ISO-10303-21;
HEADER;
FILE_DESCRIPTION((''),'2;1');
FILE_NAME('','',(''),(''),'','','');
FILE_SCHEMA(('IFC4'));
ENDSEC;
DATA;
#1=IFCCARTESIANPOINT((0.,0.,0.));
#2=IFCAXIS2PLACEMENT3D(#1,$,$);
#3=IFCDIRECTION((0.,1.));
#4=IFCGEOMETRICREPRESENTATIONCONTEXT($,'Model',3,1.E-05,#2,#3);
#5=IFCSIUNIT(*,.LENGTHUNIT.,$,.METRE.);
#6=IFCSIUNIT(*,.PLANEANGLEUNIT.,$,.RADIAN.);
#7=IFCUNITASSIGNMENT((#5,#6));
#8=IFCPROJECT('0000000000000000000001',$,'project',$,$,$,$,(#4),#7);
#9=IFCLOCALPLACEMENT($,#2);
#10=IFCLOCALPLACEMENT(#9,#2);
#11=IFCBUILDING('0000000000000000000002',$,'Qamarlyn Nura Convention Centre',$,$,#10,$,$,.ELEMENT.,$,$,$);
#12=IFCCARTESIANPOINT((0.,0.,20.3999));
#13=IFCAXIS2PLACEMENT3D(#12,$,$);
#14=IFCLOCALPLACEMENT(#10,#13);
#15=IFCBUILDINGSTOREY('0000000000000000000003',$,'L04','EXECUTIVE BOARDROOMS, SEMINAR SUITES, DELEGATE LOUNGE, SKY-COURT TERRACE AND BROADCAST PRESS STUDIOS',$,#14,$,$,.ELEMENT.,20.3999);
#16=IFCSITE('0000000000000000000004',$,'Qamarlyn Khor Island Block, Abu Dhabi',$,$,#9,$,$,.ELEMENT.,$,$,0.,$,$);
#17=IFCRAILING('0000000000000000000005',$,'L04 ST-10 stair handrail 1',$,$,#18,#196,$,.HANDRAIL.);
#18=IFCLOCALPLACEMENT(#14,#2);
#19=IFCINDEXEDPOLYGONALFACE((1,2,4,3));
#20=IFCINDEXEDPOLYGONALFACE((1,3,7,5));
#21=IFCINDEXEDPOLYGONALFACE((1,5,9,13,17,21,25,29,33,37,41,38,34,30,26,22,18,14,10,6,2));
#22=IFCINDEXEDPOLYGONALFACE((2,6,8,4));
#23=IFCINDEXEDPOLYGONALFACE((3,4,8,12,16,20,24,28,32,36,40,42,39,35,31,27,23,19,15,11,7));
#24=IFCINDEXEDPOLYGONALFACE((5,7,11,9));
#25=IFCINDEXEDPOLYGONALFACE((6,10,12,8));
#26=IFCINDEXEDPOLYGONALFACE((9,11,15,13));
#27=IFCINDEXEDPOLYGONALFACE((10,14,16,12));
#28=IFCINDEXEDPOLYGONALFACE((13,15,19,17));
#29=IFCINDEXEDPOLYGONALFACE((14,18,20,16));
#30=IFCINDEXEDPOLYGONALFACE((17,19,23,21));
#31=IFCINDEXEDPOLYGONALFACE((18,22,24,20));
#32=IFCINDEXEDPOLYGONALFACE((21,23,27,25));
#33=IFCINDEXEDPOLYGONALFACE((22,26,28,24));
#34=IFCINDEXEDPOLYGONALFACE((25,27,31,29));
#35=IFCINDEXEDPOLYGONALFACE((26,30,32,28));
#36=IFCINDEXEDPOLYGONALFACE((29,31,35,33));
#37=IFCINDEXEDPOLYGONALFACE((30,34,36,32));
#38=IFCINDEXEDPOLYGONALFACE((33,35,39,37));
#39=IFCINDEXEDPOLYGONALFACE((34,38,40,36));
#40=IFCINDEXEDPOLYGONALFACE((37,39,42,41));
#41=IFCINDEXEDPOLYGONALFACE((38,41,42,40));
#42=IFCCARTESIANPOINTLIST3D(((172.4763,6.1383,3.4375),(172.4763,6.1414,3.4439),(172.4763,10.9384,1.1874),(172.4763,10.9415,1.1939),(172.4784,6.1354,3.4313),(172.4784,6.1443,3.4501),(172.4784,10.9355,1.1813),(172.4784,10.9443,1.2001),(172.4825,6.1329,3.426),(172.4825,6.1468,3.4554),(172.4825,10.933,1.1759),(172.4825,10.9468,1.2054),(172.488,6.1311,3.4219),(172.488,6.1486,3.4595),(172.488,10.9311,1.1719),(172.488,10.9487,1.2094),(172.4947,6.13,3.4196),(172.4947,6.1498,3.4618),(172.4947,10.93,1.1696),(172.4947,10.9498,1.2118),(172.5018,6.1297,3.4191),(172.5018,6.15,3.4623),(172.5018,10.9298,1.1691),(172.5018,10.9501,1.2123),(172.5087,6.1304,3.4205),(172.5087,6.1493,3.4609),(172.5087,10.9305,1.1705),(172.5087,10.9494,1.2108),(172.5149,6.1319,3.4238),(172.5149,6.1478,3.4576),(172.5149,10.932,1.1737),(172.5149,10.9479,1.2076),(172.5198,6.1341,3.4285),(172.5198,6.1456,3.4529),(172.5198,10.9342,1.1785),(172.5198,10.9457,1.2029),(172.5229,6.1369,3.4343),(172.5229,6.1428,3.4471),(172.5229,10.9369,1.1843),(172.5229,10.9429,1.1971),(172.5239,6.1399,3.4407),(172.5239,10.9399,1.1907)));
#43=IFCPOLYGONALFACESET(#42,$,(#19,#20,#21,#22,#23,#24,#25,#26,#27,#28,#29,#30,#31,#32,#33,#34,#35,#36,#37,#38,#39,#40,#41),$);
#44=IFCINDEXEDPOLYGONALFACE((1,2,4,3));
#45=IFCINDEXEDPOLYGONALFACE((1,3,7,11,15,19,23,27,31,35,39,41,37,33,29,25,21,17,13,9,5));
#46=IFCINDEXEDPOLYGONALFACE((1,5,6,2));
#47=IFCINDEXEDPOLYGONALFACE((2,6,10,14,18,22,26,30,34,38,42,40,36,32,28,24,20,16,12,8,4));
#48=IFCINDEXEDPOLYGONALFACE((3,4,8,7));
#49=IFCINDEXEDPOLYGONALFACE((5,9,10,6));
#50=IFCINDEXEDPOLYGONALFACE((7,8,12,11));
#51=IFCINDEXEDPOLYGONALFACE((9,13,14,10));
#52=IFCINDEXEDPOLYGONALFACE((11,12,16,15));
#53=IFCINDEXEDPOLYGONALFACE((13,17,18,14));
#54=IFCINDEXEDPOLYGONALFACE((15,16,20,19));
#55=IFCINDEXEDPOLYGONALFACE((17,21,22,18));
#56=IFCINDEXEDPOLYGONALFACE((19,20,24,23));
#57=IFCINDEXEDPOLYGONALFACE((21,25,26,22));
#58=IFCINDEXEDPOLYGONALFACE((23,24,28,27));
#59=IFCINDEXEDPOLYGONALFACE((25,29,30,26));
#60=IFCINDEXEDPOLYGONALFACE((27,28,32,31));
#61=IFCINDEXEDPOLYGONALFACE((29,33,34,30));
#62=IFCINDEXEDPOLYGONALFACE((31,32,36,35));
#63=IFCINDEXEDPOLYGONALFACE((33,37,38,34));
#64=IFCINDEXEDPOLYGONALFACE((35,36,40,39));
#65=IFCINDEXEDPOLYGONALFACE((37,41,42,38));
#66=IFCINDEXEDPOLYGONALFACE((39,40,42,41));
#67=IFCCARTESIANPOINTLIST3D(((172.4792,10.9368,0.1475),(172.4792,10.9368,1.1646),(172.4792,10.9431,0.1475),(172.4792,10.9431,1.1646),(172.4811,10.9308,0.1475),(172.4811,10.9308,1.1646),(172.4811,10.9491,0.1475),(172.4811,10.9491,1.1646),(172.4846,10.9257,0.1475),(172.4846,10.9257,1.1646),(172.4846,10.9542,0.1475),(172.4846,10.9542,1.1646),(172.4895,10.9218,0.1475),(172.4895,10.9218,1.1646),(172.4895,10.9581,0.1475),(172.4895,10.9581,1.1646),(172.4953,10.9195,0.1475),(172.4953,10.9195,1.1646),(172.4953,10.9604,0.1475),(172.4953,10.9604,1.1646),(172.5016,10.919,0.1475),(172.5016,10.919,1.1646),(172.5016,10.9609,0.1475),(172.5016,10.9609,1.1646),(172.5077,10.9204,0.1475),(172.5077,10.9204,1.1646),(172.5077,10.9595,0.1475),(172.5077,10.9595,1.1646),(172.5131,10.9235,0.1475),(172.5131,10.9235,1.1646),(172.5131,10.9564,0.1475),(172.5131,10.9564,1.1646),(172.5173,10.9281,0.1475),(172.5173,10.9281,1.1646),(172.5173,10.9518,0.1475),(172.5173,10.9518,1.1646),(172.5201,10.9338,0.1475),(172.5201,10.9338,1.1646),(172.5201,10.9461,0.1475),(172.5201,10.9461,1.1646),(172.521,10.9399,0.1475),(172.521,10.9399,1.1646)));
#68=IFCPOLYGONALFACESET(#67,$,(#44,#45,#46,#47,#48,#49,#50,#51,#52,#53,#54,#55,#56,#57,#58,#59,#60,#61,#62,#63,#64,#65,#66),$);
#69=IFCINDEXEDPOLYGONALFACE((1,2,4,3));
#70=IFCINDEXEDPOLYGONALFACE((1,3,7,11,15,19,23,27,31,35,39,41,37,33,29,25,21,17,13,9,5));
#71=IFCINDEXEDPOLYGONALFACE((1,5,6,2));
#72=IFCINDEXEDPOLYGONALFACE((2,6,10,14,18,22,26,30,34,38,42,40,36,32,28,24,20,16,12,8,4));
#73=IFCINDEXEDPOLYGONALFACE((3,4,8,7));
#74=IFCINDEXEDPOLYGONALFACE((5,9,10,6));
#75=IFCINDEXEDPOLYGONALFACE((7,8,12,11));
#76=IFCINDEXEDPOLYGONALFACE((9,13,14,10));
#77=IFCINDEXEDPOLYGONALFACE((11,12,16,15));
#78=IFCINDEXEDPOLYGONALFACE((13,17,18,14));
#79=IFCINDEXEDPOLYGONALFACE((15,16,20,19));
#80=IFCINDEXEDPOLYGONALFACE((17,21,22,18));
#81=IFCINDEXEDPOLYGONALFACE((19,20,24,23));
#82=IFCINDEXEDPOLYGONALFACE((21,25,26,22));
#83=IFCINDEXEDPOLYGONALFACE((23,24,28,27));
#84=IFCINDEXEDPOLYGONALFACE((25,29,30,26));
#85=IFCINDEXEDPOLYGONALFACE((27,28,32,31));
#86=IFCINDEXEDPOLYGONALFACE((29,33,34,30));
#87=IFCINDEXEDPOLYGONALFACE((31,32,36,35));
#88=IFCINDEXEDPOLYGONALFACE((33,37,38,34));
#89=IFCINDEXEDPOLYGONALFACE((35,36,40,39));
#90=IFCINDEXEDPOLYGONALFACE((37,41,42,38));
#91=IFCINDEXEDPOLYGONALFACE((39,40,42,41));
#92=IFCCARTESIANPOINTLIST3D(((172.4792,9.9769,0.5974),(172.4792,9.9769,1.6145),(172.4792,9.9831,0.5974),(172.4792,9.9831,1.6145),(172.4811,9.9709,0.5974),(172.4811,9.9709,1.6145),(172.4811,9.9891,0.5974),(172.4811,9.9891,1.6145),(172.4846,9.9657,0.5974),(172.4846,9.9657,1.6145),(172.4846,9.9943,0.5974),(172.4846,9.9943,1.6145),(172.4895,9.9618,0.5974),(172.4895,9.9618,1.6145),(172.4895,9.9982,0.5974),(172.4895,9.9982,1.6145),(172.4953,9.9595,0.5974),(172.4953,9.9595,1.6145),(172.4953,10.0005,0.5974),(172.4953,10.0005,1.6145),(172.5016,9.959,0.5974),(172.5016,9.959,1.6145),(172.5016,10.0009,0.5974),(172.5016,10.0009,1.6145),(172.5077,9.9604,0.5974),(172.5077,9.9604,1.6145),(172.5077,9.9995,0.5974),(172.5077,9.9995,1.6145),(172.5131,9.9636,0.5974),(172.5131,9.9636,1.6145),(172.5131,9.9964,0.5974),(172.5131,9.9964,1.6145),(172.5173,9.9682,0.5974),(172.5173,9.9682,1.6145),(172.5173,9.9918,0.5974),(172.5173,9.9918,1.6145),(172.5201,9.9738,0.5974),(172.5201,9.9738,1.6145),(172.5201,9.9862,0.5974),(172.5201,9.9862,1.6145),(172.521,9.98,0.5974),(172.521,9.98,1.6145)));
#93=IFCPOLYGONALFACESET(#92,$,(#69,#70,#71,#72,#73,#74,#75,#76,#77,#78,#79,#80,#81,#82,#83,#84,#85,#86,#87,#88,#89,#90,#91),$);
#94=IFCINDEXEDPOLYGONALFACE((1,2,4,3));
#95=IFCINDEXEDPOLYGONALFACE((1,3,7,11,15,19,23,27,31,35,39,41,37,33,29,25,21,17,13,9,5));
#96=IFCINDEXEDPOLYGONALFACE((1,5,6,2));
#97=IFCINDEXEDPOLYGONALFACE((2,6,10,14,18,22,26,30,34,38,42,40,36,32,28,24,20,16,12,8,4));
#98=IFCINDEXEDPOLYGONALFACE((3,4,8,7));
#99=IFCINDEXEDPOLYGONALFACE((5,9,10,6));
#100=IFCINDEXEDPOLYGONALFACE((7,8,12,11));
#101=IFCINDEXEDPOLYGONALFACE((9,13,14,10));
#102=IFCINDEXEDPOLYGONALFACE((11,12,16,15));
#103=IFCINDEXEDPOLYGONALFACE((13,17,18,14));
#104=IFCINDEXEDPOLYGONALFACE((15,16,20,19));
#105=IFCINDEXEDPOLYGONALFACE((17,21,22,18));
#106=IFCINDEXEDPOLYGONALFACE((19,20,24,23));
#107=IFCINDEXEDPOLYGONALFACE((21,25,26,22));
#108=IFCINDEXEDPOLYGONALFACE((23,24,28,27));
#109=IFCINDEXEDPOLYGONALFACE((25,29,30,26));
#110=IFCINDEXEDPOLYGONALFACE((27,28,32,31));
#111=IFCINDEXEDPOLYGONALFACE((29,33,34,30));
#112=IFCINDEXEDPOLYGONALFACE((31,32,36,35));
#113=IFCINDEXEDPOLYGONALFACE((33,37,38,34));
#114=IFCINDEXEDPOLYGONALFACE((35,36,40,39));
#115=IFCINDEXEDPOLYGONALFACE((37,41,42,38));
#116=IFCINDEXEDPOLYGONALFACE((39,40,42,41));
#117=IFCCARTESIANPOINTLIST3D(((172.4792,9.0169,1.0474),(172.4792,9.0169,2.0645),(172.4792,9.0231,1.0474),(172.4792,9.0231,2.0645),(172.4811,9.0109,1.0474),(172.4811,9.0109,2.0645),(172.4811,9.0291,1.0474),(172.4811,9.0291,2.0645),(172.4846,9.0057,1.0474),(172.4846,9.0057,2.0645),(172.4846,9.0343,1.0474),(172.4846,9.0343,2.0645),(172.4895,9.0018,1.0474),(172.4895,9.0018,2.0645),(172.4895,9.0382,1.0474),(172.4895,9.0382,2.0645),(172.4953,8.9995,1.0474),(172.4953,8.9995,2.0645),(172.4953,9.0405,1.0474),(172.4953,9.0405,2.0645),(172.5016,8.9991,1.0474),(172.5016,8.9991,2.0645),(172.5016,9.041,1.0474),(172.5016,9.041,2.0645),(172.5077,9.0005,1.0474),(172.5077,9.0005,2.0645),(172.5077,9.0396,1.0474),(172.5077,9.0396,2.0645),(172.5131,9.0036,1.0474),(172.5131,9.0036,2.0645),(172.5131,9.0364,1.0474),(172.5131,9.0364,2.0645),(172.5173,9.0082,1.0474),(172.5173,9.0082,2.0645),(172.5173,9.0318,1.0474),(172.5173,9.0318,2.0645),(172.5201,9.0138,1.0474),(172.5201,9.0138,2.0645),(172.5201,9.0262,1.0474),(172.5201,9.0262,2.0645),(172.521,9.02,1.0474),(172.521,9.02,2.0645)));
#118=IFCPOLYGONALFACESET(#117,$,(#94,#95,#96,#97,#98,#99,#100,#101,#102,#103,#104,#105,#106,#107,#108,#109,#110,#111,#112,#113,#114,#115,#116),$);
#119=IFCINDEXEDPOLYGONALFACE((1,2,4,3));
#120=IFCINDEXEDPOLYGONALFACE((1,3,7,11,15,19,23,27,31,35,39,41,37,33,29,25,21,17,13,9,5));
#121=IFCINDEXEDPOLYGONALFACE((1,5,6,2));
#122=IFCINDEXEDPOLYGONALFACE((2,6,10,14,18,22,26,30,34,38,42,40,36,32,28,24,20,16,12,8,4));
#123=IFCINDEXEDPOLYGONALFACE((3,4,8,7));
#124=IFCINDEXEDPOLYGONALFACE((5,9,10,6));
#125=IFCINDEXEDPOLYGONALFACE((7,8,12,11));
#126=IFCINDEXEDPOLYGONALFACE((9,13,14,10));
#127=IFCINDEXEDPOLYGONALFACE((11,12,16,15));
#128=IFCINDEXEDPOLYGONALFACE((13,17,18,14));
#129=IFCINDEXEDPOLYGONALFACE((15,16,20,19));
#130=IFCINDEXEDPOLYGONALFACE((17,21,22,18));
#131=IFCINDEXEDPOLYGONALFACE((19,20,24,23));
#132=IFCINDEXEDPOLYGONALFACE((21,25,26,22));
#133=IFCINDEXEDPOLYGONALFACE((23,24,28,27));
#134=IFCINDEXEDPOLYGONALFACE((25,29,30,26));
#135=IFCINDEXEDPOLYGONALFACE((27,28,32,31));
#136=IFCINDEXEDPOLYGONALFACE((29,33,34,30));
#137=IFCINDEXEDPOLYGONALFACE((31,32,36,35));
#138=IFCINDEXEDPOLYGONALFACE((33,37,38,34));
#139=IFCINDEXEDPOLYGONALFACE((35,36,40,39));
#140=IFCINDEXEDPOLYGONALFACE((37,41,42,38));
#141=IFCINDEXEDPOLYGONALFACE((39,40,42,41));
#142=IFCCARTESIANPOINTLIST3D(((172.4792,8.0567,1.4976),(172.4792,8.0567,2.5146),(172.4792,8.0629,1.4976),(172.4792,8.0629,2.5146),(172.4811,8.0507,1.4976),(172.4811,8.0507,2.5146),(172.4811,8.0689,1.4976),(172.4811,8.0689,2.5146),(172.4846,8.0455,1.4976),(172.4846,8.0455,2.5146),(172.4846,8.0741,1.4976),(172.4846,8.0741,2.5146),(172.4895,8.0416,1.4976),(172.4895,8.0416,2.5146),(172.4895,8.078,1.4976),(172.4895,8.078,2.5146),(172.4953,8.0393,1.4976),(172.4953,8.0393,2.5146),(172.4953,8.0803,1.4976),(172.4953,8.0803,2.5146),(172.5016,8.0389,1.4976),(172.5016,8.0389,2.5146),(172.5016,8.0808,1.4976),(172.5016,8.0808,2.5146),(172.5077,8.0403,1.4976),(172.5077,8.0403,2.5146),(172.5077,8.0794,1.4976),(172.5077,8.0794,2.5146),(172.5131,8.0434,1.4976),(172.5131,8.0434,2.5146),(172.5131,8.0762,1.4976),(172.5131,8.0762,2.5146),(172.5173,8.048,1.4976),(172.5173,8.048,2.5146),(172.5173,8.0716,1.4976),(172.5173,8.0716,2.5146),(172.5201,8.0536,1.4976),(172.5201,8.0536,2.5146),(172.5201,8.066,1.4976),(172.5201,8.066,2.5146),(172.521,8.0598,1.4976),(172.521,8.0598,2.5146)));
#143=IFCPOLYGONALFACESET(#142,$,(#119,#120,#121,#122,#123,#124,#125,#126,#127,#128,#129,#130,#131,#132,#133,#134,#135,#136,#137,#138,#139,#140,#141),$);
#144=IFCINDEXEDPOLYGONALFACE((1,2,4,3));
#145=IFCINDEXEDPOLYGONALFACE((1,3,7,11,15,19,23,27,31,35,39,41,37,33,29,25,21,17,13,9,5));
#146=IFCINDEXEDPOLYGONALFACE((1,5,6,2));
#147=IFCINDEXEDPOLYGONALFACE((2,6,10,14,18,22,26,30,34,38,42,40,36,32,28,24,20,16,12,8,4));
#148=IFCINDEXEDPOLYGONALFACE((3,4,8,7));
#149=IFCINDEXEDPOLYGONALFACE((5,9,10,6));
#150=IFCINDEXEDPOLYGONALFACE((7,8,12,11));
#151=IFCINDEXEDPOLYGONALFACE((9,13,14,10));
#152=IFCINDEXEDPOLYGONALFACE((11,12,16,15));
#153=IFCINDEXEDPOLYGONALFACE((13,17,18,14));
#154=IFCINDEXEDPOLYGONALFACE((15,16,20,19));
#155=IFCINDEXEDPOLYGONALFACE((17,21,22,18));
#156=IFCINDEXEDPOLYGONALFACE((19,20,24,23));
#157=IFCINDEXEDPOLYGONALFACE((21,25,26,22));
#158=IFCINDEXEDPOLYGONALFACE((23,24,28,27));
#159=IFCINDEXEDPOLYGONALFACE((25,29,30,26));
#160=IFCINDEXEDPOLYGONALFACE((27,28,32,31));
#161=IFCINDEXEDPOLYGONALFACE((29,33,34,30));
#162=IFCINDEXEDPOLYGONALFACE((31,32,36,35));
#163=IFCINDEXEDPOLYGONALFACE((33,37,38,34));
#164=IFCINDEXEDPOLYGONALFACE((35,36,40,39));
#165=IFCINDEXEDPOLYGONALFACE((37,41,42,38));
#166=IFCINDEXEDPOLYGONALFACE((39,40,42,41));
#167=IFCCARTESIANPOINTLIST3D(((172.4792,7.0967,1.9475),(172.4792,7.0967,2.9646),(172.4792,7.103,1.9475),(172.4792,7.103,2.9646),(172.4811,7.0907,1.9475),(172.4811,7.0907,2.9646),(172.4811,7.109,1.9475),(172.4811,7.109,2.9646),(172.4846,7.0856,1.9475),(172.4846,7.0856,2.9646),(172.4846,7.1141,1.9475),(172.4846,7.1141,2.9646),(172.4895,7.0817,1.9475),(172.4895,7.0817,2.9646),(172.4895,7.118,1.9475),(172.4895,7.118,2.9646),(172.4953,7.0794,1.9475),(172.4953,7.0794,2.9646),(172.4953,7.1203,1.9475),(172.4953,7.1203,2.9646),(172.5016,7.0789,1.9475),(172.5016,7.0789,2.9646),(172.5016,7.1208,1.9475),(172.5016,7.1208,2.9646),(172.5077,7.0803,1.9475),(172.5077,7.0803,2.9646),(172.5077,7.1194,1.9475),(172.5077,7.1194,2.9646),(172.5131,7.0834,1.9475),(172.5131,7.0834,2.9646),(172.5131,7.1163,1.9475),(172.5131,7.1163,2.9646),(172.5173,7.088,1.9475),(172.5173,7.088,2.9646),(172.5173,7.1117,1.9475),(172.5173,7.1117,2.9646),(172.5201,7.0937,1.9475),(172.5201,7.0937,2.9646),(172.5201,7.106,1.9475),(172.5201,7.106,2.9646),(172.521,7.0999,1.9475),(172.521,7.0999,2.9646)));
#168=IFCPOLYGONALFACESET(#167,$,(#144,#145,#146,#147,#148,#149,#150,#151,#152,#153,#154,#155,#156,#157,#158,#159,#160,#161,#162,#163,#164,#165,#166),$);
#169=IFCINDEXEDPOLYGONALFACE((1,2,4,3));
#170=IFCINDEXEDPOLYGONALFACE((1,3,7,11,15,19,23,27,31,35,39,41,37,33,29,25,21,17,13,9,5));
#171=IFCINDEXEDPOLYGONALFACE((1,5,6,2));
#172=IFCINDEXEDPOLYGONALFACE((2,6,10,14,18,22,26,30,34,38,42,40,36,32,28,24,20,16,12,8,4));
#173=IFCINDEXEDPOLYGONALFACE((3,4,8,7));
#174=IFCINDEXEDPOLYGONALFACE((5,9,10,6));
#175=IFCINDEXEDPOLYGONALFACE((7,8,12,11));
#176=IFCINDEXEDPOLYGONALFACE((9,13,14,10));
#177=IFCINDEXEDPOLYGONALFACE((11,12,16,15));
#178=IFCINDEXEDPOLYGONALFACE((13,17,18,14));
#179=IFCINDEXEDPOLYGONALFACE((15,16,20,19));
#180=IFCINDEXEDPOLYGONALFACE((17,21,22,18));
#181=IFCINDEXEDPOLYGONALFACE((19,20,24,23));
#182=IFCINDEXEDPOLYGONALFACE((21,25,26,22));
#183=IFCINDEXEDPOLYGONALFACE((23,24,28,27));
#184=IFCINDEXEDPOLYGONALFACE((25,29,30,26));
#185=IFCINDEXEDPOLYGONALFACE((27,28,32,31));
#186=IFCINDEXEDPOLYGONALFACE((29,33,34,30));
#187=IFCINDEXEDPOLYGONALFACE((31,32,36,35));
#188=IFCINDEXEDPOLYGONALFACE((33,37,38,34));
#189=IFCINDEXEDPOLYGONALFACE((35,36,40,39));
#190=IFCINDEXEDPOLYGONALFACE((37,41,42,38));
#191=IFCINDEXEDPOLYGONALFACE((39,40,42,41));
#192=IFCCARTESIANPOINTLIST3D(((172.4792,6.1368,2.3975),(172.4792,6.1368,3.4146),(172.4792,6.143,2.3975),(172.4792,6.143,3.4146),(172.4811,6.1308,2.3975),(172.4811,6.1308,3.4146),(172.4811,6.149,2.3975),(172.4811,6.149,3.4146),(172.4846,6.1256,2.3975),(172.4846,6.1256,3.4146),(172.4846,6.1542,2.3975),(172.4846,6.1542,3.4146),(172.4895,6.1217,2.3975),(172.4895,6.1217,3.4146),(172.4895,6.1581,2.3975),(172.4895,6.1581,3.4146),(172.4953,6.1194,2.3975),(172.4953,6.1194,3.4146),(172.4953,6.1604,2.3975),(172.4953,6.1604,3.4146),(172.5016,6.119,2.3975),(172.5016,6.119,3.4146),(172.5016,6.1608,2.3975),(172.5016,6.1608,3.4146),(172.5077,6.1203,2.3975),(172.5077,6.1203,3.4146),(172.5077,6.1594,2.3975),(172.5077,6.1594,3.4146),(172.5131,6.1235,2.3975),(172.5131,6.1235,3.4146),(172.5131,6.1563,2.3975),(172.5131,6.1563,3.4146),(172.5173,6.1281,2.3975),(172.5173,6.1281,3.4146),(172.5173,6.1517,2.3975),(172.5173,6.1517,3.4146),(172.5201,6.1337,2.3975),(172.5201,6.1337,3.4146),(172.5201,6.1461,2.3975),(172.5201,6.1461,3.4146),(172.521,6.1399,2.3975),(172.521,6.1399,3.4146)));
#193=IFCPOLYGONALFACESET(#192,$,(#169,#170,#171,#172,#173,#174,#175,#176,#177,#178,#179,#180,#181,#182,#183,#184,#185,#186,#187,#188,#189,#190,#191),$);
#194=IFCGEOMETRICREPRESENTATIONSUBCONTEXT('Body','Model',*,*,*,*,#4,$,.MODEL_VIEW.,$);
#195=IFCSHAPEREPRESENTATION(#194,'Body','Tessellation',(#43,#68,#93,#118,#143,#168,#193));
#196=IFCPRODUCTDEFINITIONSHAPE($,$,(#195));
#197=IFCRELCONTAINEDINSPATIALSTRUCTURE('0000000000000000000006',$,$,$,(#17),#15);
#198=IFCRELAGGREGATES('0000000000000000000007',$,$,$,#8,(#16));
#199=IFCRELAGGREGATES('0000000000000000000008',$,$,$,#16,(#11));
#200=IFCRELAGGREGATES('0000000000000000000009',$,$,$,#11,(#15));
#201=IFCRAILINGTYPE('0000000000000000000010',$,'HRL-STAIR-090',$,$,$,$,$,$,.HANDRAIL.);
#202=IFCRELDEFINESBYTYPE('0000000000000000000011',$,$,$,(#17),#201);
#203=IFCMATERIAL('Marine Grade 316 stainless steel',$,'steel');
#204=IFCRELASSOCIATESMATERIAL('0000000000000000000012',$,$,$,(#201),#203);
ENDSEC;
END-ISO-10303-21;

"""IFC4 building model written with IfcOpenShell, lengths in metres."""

from ifc_helpers import new_model, si_unit, direction, frame, origin, origin_2d, place, context, subcontext, project, spatial, circle, extrude, material, type_object, element, save


model = new_model("IFC4")

# Units and contexts
model_context = context("Model", 3, precision=1e-05, world=origin(), true_north=direction((0.0, 1.0)))
body_context = subcontext(model_context, "Body", "Model", "MODEL_VIEW")
ifc_project = project(units=[si_unit("LENGTHUNIT", "METRE"), si_unit("PLANEANGLEUNIT", "RADIAN")], contexts=[model_context])

# Site, building, storey
site_placement = place(None, origin())
site = spatial("IfcSite", under=ifc_project, at=site_placement, Name="Qamarlyn Khor Island Block, Abu Dhabi", CompositionType="ELEMENT", RefElevation=0.0)
building_placement = place(site_placement, origin())
building = spatial("IfcBuilding", under=site, at=building_placement, Name="Qamarlyn Nura Convention Centre", CompositionType="ELEMENT")
storey_placement = place(building_placement, frame((0.0, 0.0, 20.3999)))
storey = spatial("IfcBuildingStorey", under=building, at=storey_placement, Name="L04", Description="EXECUTIVE BOARDROOMS, SEMINAR SUITES, DELEGATE LOUNGE, SKY-COURT TERRACE AND BROADCAST PRESS STUDIOS", CompositionType="ELEMENT", Elevation=20.3999)

# Railing
ifc_material_1 = material(Name="Marine Grade 316 stainless steel", Category="steel")
railing_type_1 = type_object("IfcRailingType", Name="HRL-STAIR-090", PredefinedType="HANDRAIL", material=ifc_material_1)
railing_1_placement = place(storey_placement, frame((172.5, 10.9399, 0.3025)))
element("IfcRailing", 1, at=railing_1_placement, inside=storey, type_object=railing_type_1, Name="L04 ST-10 stair handrail 1", PredefinedType="HANDRAIL", context=body_context, shape_type="SweptSolid", body=[
    extrude(circle(Radius=0.0239, at=origin_2d()), frame((0.0, 0.0, 0.8882), z_axis=(0.0, -0.905461, 0.42443), x_axis=(1.0, 0.0, 0.0)), (0.0, 0.0, 1.0), 5.3013),
    extrude(circle(Radius=0.021, at=origin_2d()), frame((0.0, 0.0, -0.155)), (0.0, 0.0, 1.0), 1.0171),
    extrude(circle(Radius=0.021, at=origin_2d()), frame((0.0, -0.96, 0.2949)), (0.0, 0.0, 1.0), 1.0171),
    extrude(circle(Radius=0.021, at=origin_2d()), frame((0.0, -1.9199, 0.7449)), (0.0, 0.0, 1.0), 1.0171),
    extrude(circle(Radius=0.021, at=origin_2d()), frame((0.0, -2.8801, 1.1951)), (0.0, 0.0, 1.0), 1.0171),
    extrude(circle(Radius=0.021, at=origin_2d()), frame((0.0, -3.8401, 1.645)), (0.0, 0.0, 1.0), 1.0171),
    extrude(circle(Radius=0.021, at=origin_2d()), frame((0.0, -4.8, 2.095)), (0.0, 0.0, 1.0), 1.0171),
])

save(model, "model.ifc")
